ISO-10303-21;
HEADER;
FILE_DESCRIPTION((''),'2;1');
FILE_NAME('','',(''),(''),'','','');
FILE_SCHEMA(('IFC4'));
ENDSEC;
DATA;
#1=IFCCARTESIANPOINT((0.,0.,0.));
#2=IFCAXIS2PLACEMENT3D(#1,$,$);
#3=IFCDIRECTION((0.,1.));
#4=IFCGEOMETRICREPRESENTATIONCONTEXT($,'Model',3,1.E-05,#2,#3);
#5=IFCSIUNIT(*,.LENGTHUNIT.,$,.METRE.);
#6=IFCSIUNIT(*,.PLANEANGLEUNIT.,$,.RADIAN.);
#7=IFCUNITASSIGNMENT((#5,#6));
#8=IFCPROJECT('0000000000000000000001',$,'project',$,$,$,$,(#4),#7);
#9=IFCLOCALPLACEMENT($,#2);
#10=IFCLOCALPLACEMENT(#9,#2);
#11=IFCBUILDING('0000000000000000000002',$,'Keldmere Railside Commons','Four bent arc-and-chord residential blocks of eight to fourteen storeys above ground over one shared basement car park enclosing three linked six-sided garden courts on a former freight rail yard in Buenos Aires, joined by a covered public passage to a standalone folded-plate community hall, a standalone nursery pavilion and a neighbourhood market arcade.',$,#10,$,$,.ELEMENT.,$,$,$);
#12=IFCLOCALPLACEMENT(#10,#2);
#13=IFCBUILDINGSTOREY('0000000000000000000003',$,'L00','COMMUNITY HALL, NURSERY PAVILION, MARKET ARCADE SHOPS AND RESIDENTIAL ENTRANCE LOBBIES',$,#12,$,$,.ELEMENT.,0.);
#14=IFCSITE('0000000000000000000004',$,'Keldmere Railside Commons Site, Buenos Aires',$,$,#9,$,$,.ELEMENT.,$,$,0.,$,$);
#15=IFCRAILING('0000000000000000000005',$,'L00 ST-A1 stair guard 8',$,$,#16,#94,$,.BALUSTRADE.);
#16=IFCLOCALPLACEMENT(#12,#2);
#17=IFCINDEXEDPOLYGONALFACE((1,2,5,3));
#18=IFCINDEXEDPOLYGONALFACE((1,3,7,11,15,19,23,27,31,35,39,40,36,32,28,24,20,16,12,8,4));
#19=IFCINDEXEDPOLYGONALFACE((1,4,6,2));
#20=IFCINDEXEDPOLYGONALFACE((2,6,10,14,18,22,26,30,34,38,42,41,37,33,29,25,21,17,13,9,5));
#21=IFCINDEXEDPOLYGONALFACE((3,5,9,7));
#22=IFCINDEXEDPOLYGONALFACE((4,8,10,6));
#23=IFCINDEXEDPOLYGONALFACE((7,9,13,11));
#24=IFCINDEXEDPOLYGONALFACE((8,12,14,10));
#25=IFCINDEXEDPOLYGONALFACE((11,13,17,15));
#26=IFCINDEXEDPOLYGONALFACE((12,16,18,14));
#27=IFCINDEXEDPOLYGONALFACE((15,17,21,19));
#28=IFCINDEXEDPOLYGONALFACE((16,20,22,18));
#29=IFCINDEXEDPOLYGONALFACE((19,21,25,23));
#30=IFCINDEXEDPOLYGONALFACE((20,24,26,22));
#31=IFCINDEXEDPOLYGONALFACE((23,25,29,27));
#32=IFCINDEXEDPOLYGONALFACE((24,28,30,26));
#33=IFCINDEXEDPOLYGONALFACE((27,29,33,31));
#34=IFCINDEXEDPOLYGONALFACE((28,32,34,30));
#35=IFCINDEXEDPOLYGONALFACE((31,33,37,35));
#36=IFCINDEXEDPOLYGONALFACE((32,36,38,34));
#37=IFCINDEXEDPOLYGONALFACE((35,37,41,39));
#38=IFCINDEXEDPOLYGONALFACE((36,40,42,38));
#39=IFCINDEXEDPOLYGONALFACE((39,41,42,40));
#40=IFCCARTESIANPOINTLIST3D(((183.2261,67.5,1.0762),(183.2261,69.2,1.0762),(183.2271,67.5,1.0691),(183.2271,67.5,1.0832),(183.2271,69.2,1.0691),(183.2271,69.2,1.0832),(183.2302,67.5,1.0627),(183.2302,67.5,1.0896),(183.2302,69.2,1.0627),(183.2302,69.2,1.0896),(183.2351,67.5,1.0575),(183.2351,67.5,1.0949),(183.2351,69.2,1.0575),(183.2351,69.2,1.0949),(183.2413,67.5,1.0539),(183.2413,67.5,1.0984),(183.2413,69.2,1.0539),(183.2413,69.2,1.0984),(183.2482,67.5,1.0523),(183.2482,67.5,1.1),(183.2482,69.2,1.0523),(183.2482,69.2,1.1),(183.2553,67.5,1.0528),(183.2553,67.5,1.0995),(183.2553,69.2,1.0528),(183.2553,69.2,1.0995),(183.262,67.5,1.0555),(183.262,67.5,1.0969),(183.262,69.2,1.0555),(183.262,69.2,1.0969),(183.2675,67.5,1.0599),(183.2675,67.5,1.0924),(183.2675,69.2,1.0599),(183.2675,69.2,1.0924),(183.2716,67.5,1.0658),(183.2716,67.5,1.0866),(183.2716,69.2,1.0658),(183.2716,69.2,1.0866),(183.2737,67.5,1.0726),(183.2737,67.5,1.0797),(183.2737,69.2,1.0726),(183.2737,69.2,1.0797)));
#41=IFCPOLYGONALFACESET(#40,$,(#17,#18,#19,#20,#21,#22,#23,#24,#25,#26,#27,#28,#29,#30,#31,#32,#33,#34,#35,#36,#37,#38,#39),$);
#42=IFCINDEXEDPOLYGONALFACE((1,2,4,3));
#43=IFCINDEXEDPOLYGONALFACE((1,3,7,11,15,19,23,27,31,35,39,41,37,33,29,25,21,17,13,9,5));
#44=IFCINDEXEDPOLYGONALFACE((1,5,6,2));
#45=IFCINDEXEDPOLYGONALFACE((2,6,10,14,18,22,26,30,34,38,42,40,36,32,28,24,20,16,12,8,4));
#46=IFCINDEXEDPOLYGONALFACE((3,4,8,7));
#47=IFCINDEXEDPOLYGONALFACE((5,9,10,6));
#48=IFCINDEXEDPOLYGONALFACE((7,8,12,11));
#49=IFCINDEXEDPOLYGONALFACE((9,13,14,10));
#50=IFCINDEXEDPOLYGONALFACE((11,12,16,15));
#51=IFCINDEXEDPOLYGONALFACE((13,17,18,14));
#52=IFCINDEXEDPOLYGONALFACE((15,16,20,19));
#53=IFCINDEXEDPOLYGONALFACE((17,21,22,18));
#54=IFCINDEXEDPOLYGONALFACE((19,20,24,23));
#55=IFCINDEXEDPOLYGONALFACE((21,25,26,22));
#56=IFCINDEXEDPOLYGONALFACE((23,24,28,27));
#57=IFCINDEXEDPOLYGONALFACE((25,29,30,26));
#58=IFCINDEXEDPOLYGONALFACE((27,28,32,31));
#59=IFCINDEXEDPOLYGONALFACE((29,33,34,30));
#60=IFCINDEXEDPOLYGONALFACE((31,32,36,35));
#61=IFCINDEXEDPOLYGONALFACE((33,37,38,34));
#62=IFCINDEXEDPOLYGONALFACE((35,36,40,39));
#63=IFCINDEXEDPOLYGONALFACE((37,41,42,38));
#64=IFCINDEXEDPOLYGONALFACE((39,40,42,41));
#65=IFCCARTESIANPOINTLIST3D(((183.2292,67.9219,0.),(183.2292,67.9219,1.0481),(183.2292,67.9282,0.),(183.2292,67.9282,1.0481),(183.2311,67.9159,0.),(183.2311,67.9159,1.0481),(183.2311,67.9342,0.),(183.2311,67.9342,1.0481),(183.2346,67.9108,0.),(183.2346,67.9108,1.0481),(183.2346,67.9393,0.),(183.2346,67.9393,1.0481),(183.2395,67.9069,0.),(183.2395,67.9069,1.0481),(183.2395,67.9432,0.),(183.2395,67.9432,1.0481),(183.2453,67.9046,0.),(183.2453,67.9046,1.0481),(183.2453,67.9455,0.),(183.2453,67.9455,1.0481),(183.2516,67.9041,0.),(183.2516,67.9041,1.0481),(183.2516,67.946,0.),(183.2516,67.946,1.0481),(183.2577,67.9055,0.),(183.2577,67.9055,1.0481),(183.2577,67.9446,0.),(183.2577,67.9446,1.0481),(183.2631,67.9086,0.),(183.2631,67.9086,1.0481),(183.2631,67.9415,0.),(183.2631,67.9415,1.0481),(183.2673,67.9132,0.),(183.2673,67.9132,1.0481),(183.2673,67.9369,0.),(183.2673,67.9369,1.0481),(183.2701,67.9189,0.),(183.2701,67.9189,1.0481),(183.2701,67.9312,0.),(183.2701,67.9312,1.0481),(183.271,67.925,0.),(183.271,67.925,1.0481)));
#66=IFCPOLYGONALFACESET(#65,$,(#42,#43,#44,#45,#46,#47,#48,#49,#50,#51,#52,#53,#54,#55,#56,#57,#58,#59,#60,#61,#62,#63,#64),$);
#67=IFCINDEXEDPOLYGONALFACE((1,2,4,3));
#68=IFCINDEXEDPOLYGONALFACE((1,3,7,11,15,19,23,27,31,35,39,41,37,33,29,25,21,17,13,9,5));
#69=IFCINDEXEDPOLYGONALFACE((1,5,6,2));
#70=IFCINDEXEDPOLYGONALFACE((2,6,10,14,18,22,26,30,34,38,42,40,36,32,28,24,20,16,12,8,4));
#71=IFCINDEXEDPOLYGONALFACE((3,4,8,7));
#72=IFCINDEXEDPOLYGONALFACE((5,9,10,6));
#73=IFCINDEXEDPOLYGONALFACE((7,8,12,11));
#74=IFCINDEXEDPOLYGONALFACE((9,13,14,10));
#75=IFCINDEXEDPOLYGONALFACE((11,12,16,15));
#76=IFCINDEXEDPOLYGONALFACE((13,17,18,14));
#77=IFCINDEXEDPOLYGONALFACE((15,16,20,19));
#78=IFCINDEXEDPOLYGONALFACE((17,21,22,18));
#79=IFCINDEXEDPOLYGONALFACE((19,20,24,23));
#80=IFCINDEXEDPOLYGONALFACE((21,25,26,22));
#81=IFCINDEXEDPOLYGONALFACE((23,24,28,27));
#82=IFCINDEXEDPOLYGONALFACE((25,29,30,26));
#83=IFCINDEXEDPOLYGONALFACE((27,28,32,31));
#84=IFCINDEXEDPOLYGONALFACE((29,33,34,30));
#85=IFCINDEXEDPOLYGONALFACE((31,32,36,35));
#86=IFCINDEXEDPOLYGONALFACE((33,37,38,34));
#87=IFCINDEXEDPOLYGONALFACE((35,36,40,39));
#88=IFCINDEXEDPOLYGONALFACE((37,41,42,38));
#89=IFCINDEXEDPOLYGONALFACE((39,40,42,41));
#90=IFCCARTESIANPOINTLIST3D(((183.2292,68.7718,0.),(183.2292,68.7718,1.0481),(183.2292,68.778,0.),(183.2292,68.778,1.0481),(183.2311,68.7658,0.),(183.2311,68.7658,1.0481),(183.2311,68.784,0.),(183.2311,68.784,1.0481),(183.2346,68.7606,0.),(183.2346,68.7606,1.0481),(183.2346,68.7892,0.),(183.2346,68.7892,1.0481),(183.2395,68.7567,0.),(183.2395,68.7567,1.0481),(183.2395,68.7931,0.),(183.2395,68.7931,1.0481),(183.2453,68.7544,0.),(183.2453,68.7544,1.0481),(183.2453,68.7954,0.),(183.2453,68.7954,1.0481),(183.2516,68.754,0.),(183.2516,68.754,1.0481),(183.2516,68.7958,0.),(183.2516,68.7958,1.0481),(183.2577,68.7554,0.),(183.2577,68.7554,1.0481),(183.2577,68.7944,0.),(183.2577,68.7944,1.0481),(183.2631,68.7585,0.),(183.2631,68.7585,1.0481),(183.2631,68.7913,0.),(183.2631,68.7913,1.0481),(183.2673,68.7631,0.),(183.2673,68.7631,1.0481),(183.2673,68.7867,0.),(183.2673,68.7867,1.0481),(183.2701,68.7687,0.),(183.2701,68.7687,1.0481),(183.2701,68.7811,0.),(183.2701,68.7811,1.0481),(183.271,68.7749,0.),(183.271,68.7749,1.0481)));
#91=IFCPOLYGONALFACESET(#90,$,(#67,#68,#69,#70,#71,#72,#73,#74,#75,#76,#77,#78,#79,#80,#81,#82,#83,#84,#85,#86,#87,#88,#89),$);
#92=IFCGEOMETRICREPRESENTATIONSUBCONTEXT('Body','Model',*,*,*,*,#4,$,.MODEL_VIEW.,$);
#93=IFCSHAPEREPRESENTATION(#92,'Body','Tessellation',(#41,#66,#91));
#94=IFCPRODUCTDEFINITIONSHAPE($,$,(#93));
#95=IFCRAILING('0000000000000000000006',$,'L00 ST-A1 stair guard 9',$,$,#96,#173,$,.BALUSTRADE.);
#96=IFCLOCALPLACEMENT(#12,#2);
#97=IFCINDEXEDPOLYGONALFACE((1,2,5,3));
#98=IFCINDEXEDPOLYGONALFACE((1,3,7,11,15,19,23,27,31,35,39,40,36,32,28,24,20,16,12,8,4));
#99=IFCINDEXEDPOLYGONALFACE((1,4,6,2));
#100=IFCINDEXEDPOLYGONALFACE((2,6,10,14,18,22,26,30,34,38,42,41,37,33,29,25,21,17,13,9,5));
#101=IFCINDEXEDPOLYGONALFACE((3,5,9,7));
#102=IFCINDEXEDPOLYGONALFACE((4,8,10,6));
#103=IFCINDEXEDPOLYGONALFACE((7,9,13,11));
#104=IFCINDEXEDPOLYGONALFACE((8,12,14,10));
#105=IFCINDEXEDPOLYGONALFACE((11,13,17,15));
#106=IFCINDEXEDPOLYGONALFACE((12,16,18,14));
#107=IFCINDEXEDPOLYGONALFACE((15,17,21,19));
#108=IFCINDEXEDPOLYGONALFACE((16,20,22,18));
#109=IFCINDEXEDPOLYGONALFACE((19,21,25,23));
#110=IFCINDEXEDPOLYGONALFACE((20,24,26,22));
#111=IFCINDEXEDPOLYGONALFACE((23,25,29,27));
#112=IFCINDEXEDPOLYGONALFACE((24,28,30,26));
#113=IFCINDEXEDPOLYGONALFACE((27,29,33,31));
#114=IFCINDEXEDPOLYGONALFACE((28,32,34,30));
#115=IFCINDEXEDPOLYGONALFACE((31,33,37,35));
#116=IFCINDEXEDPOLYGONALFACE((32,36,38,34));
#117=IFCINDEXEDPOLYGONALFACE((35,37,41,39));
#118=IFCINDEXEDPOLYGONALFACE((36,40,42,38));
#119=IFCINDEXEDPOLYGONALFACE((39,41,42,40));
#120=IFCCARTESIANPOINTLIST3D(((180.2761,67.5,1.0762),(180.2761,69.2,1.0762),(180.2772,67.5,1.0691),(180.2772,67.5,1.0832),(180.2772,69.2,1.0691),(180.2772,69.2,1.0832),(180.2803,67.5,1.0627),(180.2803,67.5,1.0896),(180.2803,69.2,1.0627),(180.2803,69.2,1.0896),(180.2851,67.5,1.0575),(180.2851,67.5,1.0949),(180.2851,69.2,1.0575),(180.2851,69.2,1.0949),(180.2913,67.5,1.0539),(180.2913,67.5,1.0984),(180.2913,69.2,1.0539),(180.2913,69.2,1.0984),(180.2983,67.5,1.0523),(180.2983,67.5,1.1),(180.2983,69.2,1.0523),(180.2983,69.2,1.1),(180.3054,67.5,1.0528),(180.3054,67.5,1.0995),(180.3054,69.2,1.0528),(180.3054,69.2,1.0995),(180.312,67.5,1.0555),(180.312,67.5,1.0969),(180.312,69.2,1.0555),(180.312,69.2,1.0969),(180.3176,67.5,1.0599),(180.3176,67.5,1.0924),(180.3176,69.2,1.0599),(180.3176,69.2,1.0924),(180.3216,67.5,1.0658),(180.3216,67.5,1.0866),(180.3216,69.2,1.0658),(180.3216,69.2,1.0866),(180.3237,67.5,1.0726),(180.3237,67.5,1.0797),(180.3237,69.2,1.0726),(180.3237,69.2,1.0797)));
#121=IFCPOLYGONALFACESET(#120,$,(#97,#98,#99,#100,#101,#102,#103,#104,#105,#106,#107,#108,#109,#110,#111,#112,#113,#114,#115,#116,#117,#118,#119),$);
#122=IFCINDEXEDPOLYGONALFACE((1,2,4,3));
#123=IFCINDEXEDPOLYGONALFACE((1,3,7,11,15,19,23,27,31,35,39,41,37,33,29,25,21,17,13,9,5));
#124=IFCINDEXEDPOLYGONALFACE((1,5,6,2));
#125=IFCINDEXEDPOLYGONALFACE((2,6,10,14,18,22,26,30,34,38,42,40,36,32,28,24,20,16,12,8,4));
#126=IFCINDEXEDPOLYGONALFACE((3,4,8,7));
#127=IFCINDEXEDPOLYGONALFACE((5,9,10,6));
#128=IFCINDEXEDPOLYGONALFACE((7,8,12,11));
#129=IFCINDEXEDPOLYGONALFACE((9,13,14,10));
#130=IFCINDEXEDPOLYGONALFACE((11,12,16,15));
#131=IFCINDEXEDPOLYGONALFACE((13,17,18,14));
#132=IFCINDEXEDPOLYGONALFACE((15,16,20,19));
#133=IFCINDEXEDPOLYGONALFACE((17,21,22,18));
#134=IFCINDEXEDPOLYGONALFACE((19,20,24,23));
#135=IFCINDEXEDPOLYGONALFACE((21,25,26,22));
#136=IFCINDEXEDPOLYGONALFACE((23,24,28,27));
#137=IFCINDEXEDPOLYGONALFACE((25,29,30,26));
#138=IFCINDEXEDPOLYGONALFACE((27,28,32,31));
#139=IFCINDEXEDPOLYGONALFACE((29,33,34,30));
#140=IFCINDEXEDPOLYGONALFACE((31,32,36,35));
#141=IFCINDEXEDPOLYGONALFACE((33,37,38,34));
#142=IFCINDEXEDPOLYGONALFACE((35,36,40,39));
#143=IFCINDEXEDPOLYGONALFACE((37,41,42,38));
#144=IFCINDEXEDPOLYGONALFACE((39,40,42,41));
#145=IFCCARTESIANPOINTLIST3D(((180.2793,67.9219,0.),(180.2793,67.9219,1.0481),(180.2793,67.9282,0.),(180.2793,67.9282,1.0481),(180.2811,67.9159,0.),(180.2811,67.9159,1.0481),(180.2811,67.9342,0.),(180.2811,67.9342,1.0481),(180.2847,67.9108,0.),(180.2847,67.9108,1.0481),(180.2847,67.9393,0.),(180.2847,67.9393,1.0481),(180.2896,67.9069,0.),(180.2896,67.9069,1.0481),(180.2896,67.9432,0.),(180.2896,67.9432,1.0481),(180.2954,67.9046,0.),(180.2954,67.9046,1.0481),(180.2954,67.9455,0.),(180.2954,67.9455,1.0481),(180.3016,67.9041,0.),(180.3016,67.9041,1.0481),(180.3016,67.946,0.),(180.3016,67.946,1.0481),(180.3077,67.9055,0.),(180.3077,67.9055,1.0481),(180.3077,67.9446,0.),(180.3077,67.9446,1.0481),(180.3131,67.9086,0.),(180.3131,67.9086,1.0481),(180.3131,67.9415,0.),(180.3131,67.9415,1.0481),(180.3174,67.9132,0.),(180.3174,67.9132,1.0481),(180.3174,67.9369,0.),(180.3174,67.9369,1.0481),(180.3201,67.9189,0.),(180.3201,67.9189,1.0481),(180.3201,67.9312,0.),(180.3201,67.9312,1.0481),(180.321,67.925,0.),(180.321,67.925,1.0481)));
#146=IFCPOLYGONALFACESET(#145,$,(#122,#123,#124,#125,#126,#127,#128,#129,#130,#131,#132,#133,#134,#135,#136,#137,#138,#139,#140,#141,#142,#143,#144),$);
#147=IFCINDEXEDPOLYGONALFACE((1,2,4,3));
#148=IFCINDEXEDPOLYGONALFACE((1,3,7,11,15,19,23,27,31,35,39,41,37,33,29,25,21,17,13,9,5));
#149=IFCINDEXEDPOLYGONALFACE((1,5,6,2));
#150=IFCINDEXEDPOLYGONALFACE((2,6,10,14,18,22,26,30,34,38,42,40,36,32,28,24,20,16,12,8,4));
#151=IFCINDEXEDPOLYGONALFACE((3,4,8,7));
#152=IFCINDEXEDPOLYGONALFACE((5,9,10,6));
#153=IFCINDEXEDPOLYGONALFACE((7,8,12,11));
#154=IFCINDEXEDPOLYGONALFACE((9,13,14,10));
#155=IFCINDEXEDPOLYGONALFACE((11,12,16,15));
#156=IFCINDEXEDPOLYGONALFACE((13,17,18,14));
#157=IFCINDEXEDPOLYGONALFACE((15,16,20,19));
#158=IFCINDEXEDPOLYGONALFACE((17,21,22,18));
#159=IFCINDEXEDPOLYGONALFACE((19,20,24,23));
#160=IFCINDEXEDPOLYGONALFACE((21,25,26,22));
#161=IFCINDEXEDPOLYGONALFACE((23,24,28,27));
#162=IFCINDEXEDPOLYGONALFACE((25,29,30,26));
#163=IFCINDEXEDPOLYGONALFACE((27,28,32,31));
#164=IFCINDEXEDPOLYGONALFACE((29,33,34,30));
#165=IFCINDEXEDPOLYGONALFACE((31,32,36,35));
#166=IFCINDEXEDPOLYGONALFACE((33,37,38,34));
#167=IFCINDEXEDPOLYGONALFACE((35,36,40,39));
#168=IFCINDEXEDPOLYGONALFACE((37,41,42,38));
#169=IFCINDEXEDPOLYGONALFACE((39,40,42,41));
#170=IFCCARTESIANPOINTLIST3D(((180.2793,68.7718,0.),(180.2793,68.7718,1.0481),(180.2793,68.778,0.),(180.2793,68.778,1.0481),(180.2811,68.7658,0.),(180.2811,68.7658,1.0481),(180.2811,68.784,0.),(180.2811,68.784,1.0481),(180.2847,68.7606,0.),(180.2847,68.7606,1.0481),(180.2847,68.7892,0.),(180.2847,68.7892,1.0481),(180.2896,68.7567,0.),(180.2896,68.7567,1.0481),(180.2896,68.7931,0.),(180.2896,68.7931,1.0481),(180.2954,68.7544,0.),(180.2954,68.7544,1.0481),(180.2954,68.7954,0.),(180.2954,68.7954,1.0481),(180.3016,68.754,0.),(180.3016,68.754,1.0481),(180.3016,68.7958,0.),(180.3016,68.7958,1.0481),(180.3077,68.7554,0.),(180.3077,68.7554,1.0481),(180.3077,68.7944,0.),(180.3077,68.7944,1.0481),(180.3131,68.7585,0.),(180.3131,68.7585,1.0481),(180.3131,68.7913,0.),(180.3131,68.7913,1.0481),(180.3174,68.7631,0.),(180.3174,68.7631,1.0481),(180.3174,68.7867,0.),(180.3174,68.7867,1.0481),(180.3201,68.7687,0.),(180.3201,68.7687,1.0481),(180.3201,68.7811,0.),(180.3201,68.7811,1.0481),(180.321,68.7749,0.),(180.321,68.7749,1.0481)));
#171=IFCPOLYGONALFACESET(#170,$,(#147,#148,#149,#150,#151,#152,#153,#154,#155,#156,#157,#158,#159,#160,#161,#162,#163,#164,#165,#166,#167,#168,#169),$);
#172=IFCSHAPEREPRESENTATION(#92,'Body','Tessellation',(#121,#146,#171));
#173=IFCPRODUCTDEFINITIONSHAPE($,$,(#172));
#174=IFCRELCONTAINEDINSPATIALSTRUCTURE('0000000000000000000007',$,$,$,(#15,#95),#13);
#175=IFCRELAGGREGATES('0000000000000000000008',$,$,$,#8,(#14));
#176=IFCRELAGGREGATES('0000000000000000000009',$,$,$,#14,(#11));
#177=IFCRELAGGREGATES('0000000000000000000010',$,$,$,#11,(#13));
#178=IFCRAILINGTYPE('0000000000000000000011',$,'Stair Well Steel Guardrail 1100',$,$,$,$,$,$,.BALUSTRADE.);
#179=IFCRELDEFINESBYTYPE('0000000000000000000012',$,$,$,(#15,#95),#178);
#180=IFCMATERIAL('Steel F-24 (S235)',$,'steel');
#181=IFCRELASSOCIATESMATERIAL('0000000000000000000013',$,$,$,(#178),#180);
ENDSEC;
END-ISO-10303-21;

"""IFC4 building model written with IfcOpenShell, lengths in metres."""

from ifc_helpers import new_model, si_unit, direction, frame, origin, origin_2d, place, context, subcontext, project, spatial, circle, extrude, material, type_object, element, save


model = new_model("IFC4")

# Units and contexts
model_context = context("Model", 3, precision=1e-05, world=origin(), true_north=direction((0.0, 1.0)))
body_context = subcontext(model_context, "Body", "Model", "MODEL_VIEW")
ifc_project = project(units=[si_unit("LENGTHUNIT", "METRE"), si_unit("PLANEANGLEUNIT", "RADIAN")], contexts=[model_context])

# Site, building, storey
site_placement = place(None, origin())
site = spatial("IfcSite", under=ifc_project, at=site_placement, Name="Keldmere Railside Commons Site, Buenos Aires", CompositionType="ELEMENT", RefElevation=0.0)
building_placement = place(site_placement, origin())
building = spatial("IfcBuilding", under=site, at=building_placement, Name="Keldmere Railside Commons", Description="Four bent arc-and-chord residential blocks of eight to fourteen storeys above ground over one shared basement car park enclosing three linked six-sided garden courts on a former freight rail yard in Buenos Aires, joined by a covered public passage to a standalone folded-plate community hall, a standalone nursery pavilion and a neighbourhood market arcade.", CompositionType="ELEMENT")
storey_placement = place(building_placement, origin())
storey = spatial("IfcBuildingStorey", under=building, at=storey_placement, Name="L00", Description="COMMUNITY HALL, NURSERY PAVILION, MARKET ARCADE SHOPS AND RESIDENTIAL ENTRANCE LOBBIES", CompositionType="ELEMENT", Elevation=0.0)

# Shared definitions
ifc_material_1 = material(Name="Steel F-24 (S235)", Category="steel")

# Railings
railing_type_1 = type_object("IfcRailingType", Name="Stair Well Steel Guardrail 1100", PredefinedType="BALUSTRADE", material=ifc_material_1)
for number, where, name in (
    (1, (183.25, 67.5, 0.0), "L00 ST-A1 stair guard 8"),
    (2, (180.3, 67.5, 0.0), "L00 ST-A1 stair guard 9"),
):
    element("IfcRailing", number, at=place(storey_placement, frame(where)), inside=storey, type_object=railing_type_1, Name=name, PredefinedType="BALUSTRADE", context=body_context, shape_type="SweptSolid", body=[
        extrude(circle(Radius=0.0239, at=origin_2d()), frame((0.0, 0.0, 1.0762), z_axis=(0.0, 1.0, 0.0), x_axis=(-1.0, 0.0, 0.0)), (0.0, 0.0, 1.0), 1.7),
        extrude(circle(Radius=0.021, at=origin_2d()), frame((0.0, 0.425, 0.0)), (0.0, 0.0, 1.0), 1.0481),
        extrude(circle(Radius=0.021, at=origin_2d()), frame((0.0, 1.2749, 0.0)), (0.0, 0.0, 1.0), 1.0481),
    ])

save(model, "model.ifc")
